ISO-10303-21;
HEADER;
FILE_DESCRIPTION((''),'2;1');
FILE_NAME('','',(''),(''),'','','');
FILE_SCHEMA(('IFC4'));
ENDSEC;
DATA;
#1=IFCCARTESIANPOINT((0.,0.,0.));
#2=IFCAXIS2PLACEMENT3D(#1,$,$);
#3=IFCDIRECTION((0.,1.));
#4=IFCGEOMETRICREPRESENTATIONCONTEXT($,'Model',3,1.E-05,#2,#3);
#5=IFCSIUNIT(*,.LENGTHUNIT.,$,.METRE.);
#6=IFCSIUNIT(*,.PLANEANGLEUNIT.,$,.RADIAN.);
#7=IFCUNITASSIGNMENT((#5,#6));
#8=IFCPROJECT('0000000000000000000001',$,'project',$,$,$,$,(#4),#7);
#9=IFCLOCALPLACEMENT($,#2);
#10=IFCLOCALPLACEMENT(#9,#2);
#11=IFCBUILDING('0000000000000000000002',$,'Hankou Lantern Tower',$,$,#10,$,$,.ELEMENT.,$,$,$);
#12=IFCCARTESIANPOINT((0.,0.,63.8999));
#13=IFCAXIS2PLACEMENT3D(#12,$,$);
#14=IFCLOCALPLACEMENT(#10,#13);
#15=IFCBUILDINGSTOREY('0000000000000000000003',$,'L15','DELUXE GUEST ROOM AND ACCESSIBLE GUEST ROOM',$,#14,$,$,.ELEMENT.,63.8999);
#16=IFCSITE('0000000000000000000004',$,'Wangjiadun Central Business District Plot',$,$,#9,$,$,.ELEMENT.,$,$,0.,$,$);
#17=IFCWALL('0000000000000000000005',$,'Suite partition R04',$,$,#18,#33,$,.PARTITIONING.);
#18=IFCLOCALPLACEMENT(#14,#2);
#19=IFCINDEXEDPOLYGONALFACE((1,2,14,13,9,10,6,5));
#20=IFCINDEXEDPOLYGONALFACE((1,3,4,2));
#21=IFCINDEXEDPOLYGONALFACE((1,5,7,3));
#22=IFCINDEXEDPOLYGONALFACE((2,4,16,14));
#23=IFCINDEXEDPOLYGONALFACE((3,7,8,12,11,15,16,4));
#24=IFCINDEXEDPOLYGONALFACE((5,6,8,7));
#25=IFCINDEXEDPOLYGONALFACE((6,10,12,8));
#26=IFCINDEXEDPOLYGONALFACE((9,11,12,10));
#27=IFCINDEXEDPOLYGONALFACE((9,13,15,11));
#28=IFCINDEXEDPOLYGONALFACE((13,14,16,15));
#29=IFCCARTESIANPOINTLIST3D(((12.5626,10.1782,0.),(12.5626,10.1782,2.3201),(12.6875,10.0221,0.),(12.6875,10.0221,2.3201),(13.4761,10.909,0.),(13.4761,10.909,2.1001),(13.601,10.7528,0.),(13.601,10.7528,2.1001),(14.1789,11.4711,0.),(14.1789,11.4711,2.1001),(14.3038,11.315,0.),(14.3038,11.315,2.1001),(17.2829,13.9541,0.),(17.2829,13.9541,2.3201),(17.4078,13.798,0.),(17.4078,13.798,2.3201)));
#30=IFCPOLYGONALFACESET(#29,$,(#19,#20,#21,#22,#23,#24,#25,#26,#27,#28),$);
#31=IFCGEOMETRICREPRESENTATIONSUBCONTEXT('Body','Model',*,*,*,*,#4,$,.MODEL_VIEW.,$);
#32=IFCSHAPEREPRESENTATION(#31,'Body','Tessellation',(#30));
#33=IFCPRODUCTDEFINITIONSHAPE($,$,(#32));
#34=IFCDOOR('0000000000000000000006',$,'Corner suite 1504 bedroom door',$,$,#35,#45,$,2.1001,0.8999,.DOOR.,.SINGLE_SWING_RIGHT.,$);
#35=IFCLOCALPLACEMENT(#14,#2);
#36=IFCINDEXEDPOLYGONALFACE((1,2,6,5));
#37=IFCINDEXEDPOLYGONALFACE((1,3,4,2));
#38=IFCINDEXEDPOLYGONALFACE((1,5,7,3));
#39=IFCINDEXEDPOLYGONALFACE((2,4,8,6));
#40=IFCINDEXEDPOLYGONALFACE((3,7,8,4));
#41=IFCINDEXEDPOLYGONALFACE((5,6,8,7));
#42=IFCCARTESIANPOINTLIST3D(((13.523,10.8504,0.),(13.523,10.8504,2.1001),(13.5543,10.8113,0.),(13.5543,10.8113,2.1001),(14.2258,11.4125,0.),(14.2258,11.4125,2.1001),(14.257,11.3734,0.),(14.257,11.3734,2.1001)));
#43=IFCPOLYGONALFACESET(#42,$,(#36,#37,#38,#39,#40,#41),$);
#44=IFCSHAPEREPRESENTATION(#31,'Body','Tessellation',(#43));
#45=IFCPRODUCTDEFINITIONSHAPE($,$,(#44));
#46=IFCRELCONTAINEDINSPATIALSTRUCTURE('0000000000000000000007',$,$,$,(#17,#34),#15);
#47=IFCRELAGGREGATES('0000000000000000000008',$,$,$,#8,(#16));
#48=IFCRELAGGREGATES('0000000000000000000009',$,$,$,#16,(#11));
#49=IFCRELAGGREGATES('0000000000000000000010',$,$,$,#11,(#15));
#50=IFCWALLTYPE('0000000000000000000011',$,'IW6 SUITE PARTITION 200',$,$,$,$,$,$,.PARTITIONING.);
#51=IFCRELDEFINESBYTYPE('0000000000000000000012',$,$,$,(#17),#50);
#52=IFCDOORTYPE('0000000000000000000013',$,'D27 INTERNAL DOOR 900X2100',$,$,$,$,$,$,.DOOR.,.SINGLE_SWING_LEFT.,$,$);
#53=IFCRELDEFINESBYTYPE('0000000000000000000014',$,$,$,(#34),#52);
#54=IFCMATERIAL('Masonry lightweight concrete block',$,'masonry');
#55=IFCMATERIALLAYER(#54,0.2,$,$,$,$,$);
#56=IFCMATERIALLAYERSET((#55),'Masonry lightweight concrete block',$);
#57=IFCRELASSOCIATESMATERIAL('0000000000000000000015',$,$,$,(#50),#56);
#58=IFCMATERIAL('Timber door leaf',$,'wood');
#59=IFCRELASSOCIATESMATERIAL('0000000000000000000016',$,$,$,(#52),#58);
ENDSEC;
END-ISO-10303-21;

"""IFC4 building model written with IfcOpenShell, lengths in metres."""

from ifc_helpers import new_model, si_unit, direction, frame, frame_2d, origin, place, context, subcontext, project, spatial, rectangle, extrude, material, layer, layer_set, type_object, element, fill, save


model = new_model("IFC4")

# Units and contexts
model_context = context("Model", 3, precision=1e-05, world=origin(), true_north=direction((0.0, 1.0)))
body_context = subcontext(model_context, "Body", "Model", "MODEL_VIEW")
ifc_project = project(units=[si_unit("LENGTHUNIT", "METRE"), si_unit("PLANEANGLEUNIT", "RADIAN")], contexts=[model_context])

# Site, building, storey
site_placement = place(None, origin())
site = spatial("IfcSite", under=ifc_project, at=site_placement, Name="Wangjiadun Central Business District Plot", CompositionType="ELEMENT", RefElevation=0.0)
building_placement = place(site_placement, origin())
building = spatial("IfcBuilding", under=site, at=building_placement, Name="Hankou Lantern Tower", CompositionType="ELEMENT")
storey_placement = place(building_placement, frame((0.0, 0.0, 63.8999)))
storey = spatial("IfcBuildingStorey", under=building, at=storey_placement, Name="L15", Description="DELUXE GUEST ROOM AND ACCESSIBLE GUEST ROOM", CompositionType="ELEMENT", Elevation=63.8999)

# Wall, opening, door
ifc_material_1 = material(Name="Masonry lightweight concrete block", Category="masonry")
ifc_layer_1 = layer(ifc_material_1, 0.2)
ifc_layer_set_1 = layer_set([ifc_layer_1], Name="Masonry lightweight concrete block")
wall_type_1 = type_object("IfcWallType", Name="IW6 SUITE PARTITION 200", PredefinedType="PARTITIONING", material=ifc_layer_set_1)
wall_1_placement = place(storey_placement, frame((12.625, 10.1001, 0.0), z_axis=(0.0, 0.0, 1.0), x_axis=(0.780892, 0.624665, 0.0)))
wall_1 = element("IfcWall", 1, at=wall_1_placement, inside=storey, type_object=wall_type_1, Name="Suite partition R04", PredefinedType="PARTITIONING", context=body_context, shape_type="SweptSolid", body=[
    extrude(rectangle(XDim=6.0447, YDim=0.2, at=frame_2d((3.0225, 0.0))), origin(), (0.0, 0.0, 1.0), 2.3201),
])
opening_1_placement = place(wall_1_placement, frame((1.1699, 0.0, 0.0)))
opening_1 = element("IfcOpeningElement", 2, at=opening_1_placement, cuts=wall_1, PredefinedType="OPENING", context=body_context, shape_type="SweptSolid", body=[
    extrude(rectangle(XDim=0.8999, YDim=2.1001, at=frame_2d((0.45, 1.05))), frame((0.0, 0.1099, 0.0), z_axis=(0.0, -1.0, 0.0), x_axis=(1.0, 0.0, 0.0)), (0.0, 0.0, 1.0), 0.22),
])
ifc_material_2 = material(Name="Timber door leaf", Category="wood")
door_type = type_object("IfcDoorType", Name="D27 INTERNAL DOOR 900X2100", OperationType="SINGLE_SWING_LEFT", PredefinedType="DOOR", material=ifc_material_2)
door_placement = place(opening_1_placement, origin())
door = element("IfcDoor", 3, at=door_placement, inside=storey, type_object=door_type, Name="Corner suite 1504 bedroom door", OperationType="SINGLE_SWING_RIGHT", OverallHeight=2.1001, OverallWidth=0.8999, PredefinedType="DOOR", context=body_context, shape_type="SweptSolid", body=[
    extrude(rectangle(XDim=0.8999, YDim=2.1001, at=frame_2d((0.45, 1.05))), frame((0.0, 0.0249, 0.0), z_axis=(0.0, -1.0, 0.0), x_axis=(1.0, 0.0, 0.0)), (0.0, 0.0, 1.0), 0.05),
])
fill(opening_1, door)

save(model, "model.ifc")
